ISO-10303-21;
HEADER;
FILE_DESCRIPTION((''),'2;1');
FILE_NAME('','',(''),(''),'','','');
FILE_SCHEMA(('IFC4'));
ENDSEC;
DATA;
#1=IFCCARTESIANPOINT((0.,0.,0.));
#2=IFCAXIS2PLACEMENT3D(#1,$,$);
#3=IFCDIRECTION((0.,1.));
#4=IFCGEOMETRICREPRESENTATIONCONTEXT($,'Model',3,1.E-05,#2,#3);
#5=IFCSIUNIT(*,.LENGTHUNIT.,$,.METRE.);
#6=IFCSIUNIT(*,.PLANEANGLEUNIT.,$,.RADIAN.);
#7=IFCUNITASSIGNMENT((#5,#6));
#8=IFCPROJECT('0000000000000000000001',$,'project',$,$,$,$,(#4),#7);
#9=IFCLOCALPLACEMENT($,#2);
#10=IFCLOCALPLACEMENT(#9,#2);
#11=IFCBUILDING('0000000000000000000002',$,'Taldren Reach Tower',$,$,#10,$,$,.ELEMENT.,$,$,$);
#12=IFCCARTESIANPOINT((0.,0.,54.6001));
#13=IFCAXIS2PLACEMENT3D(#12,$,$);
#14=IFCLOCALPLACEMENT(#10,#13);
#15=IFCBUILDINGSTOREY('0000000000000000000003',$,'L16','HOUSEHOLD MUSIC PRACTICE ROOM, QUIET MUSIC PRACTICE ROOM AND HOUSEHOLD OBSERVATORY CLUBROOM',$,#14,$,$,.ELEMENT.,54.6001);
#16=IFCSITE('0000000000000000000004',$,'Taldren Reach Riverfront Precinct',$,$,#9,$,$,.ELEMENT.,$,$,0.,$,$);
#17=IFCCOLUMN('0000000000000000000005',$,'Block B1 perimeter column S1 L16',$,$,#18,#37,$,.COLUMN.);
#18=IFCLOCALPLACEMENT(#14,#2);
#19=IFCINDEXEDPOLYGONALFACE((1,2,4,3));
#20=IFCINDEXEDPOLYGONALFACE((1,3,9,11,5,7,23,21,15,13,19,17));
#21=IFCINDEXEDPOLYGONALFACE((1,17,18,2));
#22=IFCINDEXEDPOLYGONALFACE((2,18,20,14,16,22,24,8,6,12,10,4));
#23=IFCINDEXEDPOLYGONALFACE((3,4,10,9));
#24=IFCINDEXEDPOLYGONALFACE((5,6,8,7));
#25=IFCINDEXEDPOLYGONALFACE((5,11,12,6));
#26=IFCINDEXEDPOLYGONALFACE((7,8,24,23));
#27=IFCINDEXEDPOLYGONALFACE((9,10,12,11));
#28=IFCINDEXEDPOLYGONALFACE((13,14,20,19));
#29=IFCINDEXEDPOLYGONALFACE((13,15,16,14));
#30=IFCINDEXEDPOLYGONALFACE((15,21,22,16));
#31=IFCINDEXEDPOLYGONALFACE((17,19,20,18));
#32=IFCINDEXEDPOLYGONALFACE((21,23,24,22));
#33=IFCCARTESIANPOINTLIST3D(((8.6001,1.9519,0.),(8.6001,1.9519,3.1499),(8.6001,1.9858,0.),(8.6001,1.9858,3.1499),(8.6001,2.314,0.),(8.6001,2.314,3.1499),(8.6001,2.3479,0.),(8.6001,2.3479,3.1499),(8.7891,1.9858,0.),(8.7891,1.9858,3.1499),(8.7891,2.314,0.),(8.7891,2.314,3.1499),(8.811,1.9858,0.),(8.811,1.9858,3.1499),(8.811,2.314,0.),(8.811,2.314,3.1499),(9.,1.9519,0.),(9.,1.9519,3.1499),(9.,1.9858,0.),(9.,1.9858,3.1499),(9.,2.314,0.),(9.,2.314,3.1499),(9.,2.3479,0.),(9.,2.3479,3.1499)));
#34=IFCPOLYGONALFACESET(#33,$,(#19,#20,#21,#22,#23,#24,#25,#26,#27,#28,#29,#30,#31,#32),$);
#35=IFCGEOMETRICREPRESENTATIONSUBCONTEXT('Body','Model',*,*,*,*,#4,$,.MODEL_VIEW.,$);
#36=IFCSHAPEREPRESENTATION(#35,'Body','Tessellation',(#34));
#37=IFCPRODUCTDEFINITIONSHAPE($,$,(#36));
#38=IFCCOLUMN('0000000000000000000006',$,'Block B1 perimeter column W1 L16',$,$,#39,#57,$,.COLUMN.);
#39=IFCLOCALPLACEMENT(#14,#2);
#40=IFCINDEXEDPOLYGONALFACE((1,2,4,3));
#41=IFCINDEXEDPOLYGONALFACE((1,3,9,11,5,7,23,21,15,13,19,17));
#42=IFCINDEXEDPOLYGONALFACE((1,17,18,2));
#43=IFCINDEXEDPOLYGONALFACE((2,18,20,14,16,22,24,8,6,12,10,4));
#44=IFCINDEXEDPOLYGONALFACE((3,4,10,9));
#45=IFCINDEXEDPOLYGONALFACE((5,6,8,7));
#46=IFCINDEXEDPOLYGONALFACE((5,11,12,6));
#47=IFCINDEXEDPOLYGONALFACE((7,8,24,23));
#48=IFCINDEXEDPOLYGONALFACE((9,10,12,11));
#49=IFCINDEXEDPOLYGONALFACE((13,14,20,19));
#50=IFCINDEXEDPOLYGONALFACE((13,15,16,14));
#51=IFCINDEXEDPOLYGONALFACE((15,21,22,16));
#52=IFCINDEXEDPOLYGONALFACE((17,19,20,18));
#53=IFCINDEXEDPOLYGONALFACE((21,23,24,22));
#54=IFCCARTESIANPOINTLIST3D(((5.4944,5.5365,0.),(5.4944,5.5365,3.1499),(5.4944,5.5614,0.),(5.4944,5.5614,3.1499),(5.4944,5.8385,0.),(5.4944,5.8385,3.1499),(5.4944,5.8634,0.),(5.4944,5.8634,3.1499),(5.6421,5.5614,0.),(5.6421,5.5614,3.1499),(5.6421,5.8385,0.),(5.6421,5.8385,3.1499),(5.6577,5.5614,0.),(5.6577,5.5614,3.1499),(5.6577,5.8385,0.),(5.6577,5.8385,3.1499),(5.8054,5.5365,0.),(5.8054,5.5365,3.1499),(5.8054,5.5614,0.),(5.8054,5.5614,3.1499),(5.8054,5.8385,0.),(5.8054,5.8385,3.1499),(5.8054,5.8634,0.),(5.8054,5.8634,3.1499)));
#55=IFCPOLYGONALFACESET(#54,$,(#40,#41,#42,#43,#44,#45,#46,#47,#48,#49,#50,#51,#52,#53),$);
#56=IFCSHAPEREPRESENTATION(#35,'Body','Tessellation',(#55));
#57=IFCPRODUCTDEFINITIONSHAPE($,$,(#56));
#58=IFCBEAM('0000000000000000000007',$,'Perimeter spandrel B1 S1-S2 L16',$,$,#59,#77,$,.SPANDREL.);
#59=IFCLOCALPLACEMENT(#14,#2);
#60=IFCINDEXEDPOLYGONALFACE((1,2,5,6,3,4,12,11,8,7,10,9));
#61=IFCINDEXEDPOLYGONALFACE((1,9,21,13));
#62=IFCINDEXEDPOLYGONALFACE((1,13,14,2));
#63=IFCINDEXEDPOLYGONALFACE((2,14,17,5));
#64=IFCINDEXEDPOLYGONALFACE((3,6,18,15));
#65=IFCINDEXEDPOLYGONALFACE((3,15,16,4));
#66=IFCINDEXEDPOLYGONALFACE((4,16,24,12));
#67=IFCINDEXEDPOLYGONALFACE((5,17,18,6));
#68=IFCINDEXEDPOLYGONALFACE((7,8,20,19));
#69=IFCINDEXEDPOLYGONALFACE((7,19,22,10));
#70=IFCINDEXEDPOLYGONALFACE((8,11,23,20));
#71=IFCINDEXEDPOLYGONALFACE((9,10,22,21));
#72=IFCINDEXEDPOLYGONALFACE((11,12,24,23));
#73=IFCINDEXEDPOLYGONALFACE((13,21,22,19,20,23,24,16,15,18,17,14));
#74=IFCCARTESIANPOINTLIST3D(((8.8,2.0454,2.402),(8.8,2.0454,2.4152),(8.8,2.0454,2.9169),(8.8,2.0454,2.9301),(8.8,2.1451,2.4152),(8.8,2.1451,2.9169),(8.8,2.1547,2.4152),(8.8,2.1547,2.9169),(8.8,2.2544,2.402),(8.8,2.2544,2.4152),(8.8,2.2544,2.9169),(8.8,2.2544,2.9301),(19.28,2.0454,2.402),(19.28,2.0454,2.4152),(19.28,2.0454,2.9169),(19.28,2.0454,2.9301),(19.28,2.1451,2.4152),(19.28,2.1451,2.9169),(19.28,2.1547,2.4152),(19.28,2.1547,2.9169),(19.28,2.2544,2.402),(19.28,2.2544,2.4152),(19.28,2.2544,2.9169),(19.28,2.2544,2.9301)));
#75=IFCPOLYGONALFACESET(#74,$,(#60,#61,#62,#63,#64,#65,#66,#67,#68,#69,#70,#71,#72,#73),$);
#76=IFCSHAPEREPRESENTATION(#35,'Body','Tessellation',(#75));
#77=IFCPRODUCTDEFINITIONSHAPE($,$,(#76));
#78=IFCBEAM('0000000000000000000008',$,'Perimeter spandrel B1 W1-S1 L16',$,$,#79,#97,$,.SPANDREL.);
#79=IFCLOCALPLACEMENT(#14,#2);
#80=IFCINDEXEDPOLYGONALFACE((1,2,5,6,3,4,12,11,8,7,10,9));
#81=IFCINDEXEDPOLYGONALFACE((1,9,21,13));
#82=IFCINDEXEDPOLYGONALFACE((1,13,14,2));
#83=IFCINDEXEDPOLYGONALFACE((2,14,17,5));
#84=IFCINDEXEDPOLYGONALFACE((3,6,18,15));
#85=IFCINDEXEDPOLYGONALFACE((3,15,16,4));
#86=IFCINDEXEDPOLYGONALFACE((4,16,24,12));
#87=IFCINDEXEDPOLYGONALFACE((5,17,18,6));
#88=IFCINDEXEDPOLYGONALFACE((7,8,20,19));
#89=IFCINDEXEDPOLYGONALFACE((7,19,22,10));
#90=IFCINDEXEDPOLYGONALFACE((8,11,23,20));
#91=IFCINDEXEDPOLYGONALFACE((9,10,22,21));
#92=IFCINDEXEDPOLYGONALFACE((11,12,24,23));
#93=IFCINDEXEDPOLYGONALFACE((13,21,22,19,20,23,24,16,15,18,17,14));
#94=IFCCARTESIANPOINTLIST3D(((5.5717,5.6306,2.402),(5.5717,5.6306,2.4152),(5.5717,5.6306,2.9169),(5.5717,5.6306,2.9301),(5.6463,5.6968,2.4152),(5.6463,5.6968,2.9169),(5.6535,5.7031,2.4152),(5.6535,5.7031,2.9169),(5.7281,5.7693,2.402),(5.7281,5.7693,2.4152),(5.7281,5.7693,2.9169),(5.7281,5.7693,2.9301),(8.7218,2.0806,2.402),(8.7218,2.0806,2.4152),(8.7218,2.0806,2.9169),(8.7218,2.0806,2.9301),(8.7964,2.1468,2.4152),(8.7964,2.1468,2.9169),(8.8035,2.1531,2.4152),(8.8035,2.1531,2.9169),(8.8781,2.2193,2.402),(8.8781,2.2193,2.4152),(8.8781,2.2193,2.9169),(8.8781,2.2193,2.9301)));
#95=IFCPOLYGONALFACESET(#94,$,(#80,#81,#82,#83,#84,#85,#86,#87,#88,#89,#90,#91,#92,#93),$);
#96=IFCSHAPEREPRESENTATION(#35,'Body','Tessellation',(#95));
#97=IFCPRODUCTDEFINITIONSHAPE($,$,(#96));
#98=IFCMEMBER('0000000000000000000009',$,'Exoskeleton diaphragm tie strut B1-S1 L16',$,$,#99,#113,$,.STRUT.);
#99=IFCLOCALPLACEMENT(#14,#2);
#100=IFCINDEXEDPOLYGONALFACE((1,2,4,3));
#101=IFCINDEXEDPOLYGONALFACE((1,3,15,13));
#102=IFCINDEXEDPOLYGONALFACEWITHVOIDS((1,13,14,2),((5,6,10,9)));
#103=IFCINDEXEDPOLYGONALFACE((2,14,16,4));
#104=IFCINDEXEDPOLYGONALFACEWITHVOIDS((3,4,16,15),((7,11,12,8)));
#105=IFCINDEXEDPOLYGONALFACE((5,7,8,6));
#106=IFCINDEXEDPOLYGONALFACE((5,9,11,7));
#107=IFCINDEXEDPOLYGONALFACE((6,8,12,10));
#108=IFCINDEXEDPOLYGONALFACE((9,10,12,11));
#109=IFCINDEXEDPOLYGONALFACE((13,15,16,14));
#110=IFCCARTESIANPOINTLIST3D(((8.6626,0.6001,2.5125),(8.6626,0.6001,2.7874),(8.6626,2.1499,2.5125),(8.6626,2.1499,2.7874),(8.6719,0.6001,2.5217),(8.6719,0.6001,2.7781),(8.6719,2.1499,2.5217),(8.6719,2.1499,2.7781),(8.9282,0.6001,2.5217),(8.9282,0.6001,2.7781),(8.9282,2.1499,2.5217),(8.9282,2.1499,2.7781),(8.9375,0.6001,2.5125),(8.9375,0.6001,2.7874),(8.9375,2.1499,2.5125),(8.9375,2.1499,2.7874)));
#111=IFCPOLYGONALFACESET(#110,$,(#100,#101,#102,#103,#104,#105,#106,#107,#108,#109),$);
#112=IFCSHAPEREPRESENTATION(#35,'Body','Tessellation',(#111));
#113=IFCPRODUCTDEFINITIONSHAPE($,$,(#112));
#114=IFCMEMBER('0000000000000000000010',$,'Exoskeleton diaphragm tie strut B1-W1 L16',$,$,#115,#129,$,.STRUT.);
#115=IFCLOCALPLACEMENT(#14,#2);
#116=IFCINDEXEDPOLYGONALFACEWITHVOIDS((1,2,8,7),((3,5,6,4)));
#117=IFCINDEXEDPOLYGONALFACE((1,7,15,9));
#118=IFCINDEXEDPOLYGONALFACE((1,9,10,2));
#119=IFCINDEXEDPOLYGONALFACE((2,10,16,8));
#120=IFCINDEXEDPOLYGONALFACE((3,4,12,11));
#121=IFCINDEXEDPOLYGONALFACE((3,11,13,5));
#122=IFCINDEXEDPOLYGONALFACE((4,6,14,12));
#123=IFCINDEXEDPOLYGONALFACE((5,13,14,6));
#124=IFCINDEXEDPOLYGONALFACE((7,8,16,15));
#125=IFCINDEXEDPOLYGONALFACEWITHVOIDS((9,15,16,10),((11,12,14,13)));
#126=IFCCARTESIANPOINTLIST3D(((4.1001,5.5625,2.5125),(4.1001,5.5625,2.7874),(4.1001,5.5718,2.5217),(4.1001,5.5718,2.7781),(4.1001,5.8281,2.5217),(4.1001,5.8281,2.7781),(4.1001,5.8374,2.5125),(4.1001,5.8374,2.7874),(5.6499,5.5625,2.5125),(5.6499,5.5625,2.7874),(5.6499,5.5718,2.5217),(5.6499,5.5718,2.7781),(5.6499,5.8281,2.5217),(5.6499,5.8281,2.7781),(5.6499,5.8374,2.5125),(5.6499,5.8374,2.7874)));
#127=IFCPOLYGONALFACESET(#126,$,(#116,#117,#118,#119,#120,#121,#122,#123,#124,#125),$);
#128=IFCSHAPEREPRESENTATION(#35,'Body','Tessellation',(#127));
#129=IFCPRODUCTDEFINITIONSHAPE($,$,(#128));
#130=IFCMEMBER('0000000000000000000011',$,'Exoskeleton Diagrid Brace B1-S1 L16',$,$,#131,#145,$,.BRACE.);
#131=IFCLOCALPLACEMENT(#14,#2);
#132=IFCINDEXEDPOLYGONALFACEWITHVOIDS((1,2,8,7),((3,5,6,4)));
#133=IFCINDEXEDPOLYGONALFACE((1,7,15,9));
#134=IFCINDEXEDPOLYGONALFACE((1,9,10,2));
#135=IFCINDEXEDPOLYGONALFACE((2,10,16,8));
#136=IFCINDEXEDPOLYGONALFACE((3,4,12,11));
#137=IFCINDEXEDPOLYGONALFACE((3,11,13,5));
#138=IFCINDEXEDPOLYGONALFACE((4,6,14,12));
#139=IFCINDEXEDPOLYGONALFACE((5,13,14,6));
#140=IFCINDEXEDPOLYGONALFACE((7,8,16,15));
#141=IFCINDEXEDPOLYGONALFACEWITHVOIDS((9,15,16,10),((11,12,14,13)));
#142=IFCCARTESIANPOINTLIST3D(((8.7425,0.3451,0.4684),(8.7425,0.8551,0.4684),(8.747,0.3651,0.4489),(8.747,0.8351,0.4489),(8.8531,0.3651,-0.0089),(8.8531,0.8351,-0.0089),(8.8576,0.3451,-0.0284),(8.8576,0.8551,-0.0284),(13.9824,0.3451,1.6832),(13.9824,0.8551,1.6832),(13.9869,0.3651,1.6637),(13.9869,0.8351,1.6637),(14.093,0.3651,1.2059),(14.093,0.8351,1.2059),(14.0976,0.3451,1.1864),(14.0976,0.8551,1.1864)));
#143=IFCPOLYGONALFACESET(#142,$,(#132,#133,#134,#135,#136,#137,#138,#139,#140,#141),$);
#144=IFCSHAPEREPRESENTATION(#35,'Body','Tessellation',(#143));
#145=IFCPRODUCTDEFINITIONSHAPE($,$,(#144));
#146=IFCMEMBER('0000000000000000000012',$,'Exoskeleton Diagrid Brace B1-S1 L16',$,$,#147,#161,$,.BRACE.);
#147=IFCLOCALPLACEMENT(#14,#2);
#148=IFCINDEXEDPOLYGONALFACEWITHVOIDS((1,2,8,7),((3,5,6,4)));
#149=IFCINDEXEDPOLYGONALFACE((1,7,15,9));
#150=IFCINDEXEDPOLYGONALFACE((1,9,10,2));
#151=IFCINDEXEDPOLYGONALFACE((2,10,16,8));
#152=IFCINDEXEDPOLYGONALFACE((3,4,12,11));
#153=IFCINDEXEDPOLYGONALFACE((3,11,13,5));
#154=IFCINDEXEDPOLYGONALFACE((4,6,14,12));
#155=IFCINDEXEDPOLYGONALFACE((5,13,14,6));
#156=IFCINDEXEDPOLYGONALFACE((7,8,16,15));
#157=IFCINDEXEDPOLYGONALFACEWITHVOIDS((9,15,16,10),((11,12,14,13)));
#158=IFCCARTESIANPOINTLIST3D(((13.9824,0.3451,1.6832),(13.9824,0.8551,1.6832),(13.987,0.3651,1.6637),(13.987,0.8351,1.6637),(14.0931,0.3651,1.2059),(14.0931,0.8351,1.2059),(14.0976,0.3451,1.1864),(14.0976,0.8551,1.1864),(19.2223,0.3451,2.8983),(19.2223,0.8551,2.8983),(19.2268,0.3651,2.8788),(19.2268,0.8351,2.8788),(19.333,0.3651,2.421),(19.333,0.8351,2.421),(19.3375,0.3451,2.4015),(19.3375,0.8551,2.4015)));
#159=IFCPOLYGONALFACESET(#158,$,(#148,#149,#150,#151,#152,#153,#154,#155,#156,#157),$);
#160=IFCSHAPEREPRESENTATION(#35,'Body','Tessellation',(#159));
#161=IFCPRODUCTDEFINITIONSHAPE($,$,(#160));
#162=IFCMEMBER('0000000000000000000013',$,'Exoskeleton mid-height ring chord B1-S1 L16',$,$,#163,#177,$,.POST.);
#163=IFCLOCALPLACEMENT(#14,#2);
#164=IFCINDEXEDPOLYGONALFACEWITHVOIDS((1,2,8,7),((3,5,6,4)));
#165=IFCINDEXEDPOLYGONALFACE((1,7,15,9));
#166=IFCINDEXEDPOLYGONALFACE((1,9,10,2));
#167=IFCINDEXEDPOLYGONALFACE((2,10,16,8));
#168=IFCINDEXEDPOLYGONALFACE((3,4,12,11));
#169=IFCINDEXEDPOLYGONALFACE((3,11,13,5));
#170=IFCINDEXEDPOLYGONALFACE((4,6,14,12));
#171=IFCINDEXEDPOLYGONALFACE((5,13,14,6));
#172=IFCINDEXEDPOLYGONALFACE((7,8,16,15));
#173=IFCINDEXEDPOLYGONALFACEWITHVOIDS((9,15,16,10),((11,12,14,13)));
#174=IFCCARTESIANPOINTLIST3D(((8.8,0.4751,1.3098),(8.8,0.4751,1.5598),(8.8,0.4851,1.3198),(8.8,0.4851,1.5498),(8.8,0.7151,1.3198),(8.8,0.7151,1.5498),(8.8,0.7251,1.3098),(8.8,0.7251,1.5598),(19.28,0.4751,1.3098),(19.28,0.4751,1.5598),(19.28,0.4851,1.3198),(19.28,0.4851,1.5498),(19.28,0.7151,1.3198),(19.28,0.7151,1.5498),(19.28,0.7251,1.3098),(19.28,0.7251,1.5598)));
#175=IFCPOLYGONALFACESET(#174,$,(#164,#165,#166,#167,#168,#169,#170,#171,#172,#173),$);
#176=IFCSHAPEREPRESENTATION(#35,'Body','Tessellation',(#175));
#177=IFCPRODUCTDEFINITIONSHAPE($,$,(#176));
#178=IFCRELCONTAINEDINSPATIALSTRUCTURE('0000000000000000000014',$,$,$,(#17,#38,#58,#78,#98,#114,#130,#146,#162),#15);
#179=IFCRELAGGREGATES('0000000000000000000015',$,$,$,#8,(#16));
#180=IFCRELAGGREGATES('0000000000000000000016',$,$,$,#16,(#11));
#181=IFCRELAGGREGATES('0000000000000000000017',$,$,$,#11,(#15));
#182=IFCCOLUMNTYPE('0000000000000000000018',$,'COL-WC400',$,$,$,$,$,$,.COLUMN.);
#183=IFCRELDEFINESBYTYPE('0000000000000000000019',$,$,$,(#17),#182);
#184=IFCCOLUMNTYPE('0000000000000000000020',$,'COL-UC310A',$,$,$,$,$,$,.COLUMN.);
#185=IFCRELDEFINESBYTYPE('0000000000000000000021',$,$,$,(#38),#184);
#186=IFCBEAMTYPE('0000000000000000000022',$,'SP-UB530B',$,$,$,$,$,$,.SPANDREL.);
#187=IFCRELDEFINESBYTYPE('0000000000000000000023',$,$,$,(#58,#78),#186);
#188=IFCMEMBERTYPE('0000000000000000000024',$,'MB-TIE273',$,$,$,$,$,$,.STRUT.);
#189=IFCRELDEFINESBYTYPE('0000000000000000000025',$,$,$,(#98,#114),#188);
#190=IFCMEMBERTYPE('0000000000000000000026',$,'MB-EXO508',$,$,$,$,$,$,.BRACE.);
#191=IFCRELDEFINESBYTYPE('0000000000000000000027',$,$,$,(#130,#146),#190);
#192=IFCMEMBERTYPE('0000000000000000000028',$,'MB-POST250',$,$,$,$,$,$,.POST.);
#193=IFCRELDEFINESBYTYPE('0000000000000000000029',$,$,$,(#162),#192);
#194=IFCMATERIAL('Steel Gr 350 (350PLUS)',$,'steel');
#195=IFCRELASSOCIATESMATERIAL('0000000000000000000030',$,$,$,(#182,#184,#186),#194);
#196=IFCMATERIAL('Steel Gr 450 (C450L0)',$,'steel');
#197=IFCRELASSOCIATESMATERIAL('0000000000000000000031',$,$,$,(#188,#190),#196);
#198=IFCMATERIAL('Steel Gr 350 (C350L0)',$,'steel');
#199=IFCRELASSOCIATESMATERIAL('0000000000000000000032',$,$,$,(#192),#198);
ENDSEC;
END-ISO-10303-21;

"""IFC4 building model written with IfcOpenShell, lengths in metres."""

from ifc_helpers import new_model, si_unit, direction, frame, origin, origin_2d, place, context, subcontext, project, spatial, hollow_rectangle, i_section, extrude, source, transform, mapped, material, material_profile, profile_set, type_object, element, save


model = new_model("IFC4")

# Units and contexts
model_context = context("Model", 3, precision=1e-05, world=origin(), true_north=direction((0.0, 1.0)))
body_context = subcontext(model_context, "Body", "Model", "MODEL_VIEW")
ifc_project = project(units=[si_unit("LENGTHUNIT", "METRE"), si_unit("PLANEANGLEUNIT", "RADIAN")], contexts=[model_context])

# Site, building, storey
site_placement = place(None, origin())
site = spatial("IfcSite", under=ifc_project, at=site_placement, Name="Taldren Reach Riverfront Precinct", CompositionType="ELEMENT", RefElevation=0.0)
building_placement = place(site_placement, origin())
building = spatial("IfcBuilding", under=site, at=building_placement, Name="Taldren Reach Tower", CompositionType="ELEMENT")
storey_placement = place(building_placement, frame((0.0, 0.0, 54.6001)))
storey = spatial("IfcBuildingStorey", under=building, at=storey_placement, Name="L16", Description="HOUSEHOLD MUSIC PRACTICE ROOM, QUIET MUSIC PRACTICE ROOM AND HOUSEHOLD OBSERVATORY CLUBROOM", CompositionType="ELEMENT", Elevation=54.6001)

# Columns
ifc_material_1 = material(Name="Steel Gr 350 (350PLUS)", Category="steel")
ifc_material_profile_1 = material_profile(ifc_material_1, i_section(OverallWidth=0.3999, OverallDepth=0.396, WebThickness=0.022, FlangeThickness=0.0339, at=origin_2d()), Name="400WC270")
ifc_profile_set_1 = profile_set([ifc_material_profile_1], Name="Steel Gr 350 (350PLUS)")
column_type_1 = type_object("IfcColumnType", Name="COL-WC400", PredefinedType="COLUMN", material=ifc_profile_set_1)
shared_shape_1 = source(origin(), body_context, "Body", "SweptSolid", [
    extrude(i_section(OverallWidth=0.3999, OverallDepth=0.396, WebThickness=0.022, FlangeThickness=0.0339, at=origin_2d()), origin(), (0.0, 0.0, 1.0), 3.1499),
])
column_1_placement = place(storey_placement, frame((8.8, 2.1499, 0.0), z_axis=(0.0, 0.0, 1.0), x_axis=(1.0, 0.0, 0.0)))
element("IfcColumn", 1, at=column_1_placement, inside=storey, type_object=column_type_1, Name="Block B1 perimeter column S1 L16", PredefinedType="COLUMN", context=body_context, shape_type="MappedRepresentation", body=[
    mapped(shared_shape_1, transform((0.0, 0.0, 0.0), scale=1.0)),
])
ifc_material_profile_2 = material_profile(ifc_material_1, i_section(OverallWidth=0.311, OverallDepth=0.3269, WebThickness=0.0156, FlangeThickness=0.0249, at=origin_2d()), Name="310UC158")
ifc_profile_set_2 = profile_set([ifc_material_profile_2], Name="Steel Gr 350 (350PLUS)")
column_type_2 = type_object("IfcColumnType", Name="COL-UC310A", PredefinedType="COLUMN", material=ifc_profile_set_2)
shared_shape_2 = source(origin(), body_context, "Body", "SweptSolid", [
    extrude(i_section(OverallWidth=0.311, OverallDepth=0.3269, WebThickness=0.0156, FlangeThickness=0.0249, at=origin_2d()), origin(), (0.0, 0.0, 1.0), 3.1499),
])
column_2_placement = place(storey_placement, frame((5.6499, 5.7, 0.0), z_axis=(0.0, 0.0, 1.0), x_axis=(1.0, 0.0, 0.0)))
element("IfcColumn", 2, at=column_2_placement, inside=storey, type_object=column_type_2, Name="Block B1 perimeter column W1 L16", PredefinedType="COLUMN", context=body_context, shape_type="MappedRepresentation", body=[
    mapped(shared_shape_2, transform((0.0, 0.0, 0.0), scale=1.0)),
])

# Beams
ifc_material_profile_3 = material_profile(ifc_material_1, i_section(OverallWidth=0.209, OverallDepth=0.5281, WebThickness=0.0095, FlangeThickness=0.0132, at=origin_2d()), Name="530UB82.0")
ifc_profile_set_3 = profile_set([ifc_material_profile_3], Name="Steel Gr 350 (350PLUS)")
beam_type = type_object("IfcBeamType", Name="SP-UB530B", PredefinedType="SPANDREL", material=ifc_profile_set_3)
shared_shape_3 = source(origin(), body_context, "Body", "SweptSolid", [
    extrude(i_section(OverallWidth=0.209, OverallDepth=0.5281, WebThickness=0.0095, FlangeThickness=0.0132, at=origin_2d()), origin(), (0.0, 0.0, 1.0), 10.48),
])
beam_1_placement = place(storey_placement, frame((8.8, 2.1499, 2.666), z_axis=(1.0, 0.0, 0.0), x_axis=(0.0, 1.0, 0.0)))
element("IfcBeam", 3, at=beam_1_placement, inside=storey, type_object=beam_type, Name="Perimeter spandrel B1 S1-S2 L16", PredefinedType="SPANDREL", context=body_context, shape_type="MappedRepresentation", body=[
    mapped(shared_shape_3, transform((0.0, 0.0, 0.0), scale=1.0)),
])
shared_shape_4 = source(origin(), body_context, "Body", "SweptSolid", [
    extrude(i_section(OverallWidth=0.209, OverallDepth=0.5281, WebThickness=0.0095, FlangeThickness=0.0132, at=origin_2d()), origin(), (0.0, 0.0, 1.0), 4.7461),
])
beam_2_placement = place(storey_placement, frame((5.6499, 5.7, 2.666), z_axis=(0.663722, -0.747979, 0.0), x_axis=(0.747979, 0.663722, 0.0)))
element("IfcBeam", 4, at=beam_2_placement, inside=storey, type_object=beam_type, Name="Perimeter spandrel B1 W1-S1 L16", PredefinedType="SPANDREL", context=body_context, shape_type="MappedRepresentation", body=[
    mapped(shared_shape_4, transform((0.0, 0.0, 0.0), scale=1.0)),
])

# Members
ifc_material_2 = material(Name="Steel Gr 450 (C450L0)", Category="steel")
ifc_material_profile_4 = material_profile(ifc_material_2, hollow_rectangle(XDim=0.2749, YDim=0.2749, WallThickness=0.0093, at=origin_2d()), Name="275x275x9.3SHS")
ifc_profile_set_4 = profile_set([ifc_material_profile_4], Name="Steel Gr 450 (C450L0)")
member_type_1 = type_object("IfcMemberType", Name="MB-TIE273", PredefinedType="STRUT", material=ifc_profile_set_4)
shared_shape_5 = source(origin(), body_context, "Body", "SweptSolid", [
    extrude(hollow_rectangle(XDim=0.2749, YDim=0.2749, WallThickness=0.0093, at=origin_2d()), origin(), (0.0, 0.0, 1.0), 1.5498),
])
for number, where, z_axis, x_axis, name in (
    (5, (8.8, 2.1499, 2.6499), (0.0, -1.0, 0.0), (1.0, 0.0, 0.0), "Exoskeleton diaphragm tie strut B1-S1 L16"),
    (6, (5.6499, 5.7, 2.6499), (-1.0, 0.0, 0.0), (0.0, -1.0, 0.0), "Exoskeleton diaphragm tie strut B1-W1 L16"),
):
    element("IfcMember", number, at=place(storey_placement, frame(where, z_axis=z_axis, x_axis=x_axis)), inside=storey, type_object=member_type_1, Name=name, PredefinedType="STRUT", context=body_context, shape_type="MappedRepresentation", body=[
        mapped(shared_shape_5, transform((0.0, 0.0, 0.0), scale=1.0)),
    ])
ifc_material_profile_5 = material_profile(ifc_material_2, hollow_rectangle(XDim=0.51, YDim=0.51, WallThickness=0.02, at=origin_2d()), Name="510x510x20.0SHS")
ifc_profile_set_5 = profile_set([ifc_material_profile_5], Name="Steel Gr 450 (C450L0)")
member_type_2 = type_object("IfcMemberType", Name="MB-EXO508", PredefinedType="BRACE", material=ifc_profile_set_5)
shared_shape_6 = source(origin(), body_context, "Body", "SweptSolid", [
    extrude(hollow_rectangle(XDim=0.51, YDim=0.51, WallThickness=0.02, at=origin_2d()), origin(), (0.0, 0.0, 1.0), 5.3789),
])
for number, where, z_axis, x_axis, name in (
    (7, (8.8, 0.6001, 0.22), (0.974162, 0.0, 0.225851), (0.0, 1.0, 0.0), "Exoskeleton Diagrid Brace B1-S1 L16"),
    (8, (14.04, 0.6001, 1.4348), (0.974152, 0.0, 0.225894), (0.0, 1.0, 0.0), "Exoskeleton Diagrid Brace B1-S1 L16"),
):
    element("IfcMember", number, at=place(storey_placement, frame(where, z_axis=z_axis, x_axis=x_axis)), inside=storey, type_object=member_type_2, Name=name, PredefinedType="BRACE", context=body_context, shape_type="MappedRepresentation", body=[
        mapped(shared_shape_6, transform((0.0, 0.0, 0.0), scale=1.0)),
    ])
ifc_material_3 = material(Name="Steel Gr 350 (C350L0)", Category="steel")
ifc_material_profile_6 = material_profile(ifc_material_3, hollow_rectangle(XDim=0.25, YDim=0.25, WallThickness=0.01, at=origin_2d()), Name="250x250x10.0SHS")
ifc_profile_set_6 = profile_set([ifc_material_profile_6], Name="Steel Gr 350 (C350L0)")
member_type_3 = type_object("IfcMemberType", Name="MB-POST250", PredefinedType="POST", material=ifc_profile_set_6)
shared_shape_7 = source(origin(), body_context, "Body", "SweptSolid", [
    extrude(hollow_rectangle(XDim=0.25, YDim=0.25, WallThickness=0.01, at=origin_2d()), origin(), (0.0, 0.0, 1.0), 10.48),
])
member_1_placement = place(storey_placement, frame((8.8, 0.6001, 1.4348), z_axis=(1.0, 0.0, 0.0), x_axis=(0.0, 1.0, 0.0)))
element("IfcMember", 9, at=member_1_placement, inside=storey, type_object=member_type_3, Name="Exoskeleton mid-height ring chord B1-S1 L16", PredefinedType="POST", context=body_context, shape_type="MappedRepresentation", body=[
    mapped(shared_shape_7, transform((0.0, 0.0, 0.0), scale=1.0)),
])

save(model, "model.ifc")
